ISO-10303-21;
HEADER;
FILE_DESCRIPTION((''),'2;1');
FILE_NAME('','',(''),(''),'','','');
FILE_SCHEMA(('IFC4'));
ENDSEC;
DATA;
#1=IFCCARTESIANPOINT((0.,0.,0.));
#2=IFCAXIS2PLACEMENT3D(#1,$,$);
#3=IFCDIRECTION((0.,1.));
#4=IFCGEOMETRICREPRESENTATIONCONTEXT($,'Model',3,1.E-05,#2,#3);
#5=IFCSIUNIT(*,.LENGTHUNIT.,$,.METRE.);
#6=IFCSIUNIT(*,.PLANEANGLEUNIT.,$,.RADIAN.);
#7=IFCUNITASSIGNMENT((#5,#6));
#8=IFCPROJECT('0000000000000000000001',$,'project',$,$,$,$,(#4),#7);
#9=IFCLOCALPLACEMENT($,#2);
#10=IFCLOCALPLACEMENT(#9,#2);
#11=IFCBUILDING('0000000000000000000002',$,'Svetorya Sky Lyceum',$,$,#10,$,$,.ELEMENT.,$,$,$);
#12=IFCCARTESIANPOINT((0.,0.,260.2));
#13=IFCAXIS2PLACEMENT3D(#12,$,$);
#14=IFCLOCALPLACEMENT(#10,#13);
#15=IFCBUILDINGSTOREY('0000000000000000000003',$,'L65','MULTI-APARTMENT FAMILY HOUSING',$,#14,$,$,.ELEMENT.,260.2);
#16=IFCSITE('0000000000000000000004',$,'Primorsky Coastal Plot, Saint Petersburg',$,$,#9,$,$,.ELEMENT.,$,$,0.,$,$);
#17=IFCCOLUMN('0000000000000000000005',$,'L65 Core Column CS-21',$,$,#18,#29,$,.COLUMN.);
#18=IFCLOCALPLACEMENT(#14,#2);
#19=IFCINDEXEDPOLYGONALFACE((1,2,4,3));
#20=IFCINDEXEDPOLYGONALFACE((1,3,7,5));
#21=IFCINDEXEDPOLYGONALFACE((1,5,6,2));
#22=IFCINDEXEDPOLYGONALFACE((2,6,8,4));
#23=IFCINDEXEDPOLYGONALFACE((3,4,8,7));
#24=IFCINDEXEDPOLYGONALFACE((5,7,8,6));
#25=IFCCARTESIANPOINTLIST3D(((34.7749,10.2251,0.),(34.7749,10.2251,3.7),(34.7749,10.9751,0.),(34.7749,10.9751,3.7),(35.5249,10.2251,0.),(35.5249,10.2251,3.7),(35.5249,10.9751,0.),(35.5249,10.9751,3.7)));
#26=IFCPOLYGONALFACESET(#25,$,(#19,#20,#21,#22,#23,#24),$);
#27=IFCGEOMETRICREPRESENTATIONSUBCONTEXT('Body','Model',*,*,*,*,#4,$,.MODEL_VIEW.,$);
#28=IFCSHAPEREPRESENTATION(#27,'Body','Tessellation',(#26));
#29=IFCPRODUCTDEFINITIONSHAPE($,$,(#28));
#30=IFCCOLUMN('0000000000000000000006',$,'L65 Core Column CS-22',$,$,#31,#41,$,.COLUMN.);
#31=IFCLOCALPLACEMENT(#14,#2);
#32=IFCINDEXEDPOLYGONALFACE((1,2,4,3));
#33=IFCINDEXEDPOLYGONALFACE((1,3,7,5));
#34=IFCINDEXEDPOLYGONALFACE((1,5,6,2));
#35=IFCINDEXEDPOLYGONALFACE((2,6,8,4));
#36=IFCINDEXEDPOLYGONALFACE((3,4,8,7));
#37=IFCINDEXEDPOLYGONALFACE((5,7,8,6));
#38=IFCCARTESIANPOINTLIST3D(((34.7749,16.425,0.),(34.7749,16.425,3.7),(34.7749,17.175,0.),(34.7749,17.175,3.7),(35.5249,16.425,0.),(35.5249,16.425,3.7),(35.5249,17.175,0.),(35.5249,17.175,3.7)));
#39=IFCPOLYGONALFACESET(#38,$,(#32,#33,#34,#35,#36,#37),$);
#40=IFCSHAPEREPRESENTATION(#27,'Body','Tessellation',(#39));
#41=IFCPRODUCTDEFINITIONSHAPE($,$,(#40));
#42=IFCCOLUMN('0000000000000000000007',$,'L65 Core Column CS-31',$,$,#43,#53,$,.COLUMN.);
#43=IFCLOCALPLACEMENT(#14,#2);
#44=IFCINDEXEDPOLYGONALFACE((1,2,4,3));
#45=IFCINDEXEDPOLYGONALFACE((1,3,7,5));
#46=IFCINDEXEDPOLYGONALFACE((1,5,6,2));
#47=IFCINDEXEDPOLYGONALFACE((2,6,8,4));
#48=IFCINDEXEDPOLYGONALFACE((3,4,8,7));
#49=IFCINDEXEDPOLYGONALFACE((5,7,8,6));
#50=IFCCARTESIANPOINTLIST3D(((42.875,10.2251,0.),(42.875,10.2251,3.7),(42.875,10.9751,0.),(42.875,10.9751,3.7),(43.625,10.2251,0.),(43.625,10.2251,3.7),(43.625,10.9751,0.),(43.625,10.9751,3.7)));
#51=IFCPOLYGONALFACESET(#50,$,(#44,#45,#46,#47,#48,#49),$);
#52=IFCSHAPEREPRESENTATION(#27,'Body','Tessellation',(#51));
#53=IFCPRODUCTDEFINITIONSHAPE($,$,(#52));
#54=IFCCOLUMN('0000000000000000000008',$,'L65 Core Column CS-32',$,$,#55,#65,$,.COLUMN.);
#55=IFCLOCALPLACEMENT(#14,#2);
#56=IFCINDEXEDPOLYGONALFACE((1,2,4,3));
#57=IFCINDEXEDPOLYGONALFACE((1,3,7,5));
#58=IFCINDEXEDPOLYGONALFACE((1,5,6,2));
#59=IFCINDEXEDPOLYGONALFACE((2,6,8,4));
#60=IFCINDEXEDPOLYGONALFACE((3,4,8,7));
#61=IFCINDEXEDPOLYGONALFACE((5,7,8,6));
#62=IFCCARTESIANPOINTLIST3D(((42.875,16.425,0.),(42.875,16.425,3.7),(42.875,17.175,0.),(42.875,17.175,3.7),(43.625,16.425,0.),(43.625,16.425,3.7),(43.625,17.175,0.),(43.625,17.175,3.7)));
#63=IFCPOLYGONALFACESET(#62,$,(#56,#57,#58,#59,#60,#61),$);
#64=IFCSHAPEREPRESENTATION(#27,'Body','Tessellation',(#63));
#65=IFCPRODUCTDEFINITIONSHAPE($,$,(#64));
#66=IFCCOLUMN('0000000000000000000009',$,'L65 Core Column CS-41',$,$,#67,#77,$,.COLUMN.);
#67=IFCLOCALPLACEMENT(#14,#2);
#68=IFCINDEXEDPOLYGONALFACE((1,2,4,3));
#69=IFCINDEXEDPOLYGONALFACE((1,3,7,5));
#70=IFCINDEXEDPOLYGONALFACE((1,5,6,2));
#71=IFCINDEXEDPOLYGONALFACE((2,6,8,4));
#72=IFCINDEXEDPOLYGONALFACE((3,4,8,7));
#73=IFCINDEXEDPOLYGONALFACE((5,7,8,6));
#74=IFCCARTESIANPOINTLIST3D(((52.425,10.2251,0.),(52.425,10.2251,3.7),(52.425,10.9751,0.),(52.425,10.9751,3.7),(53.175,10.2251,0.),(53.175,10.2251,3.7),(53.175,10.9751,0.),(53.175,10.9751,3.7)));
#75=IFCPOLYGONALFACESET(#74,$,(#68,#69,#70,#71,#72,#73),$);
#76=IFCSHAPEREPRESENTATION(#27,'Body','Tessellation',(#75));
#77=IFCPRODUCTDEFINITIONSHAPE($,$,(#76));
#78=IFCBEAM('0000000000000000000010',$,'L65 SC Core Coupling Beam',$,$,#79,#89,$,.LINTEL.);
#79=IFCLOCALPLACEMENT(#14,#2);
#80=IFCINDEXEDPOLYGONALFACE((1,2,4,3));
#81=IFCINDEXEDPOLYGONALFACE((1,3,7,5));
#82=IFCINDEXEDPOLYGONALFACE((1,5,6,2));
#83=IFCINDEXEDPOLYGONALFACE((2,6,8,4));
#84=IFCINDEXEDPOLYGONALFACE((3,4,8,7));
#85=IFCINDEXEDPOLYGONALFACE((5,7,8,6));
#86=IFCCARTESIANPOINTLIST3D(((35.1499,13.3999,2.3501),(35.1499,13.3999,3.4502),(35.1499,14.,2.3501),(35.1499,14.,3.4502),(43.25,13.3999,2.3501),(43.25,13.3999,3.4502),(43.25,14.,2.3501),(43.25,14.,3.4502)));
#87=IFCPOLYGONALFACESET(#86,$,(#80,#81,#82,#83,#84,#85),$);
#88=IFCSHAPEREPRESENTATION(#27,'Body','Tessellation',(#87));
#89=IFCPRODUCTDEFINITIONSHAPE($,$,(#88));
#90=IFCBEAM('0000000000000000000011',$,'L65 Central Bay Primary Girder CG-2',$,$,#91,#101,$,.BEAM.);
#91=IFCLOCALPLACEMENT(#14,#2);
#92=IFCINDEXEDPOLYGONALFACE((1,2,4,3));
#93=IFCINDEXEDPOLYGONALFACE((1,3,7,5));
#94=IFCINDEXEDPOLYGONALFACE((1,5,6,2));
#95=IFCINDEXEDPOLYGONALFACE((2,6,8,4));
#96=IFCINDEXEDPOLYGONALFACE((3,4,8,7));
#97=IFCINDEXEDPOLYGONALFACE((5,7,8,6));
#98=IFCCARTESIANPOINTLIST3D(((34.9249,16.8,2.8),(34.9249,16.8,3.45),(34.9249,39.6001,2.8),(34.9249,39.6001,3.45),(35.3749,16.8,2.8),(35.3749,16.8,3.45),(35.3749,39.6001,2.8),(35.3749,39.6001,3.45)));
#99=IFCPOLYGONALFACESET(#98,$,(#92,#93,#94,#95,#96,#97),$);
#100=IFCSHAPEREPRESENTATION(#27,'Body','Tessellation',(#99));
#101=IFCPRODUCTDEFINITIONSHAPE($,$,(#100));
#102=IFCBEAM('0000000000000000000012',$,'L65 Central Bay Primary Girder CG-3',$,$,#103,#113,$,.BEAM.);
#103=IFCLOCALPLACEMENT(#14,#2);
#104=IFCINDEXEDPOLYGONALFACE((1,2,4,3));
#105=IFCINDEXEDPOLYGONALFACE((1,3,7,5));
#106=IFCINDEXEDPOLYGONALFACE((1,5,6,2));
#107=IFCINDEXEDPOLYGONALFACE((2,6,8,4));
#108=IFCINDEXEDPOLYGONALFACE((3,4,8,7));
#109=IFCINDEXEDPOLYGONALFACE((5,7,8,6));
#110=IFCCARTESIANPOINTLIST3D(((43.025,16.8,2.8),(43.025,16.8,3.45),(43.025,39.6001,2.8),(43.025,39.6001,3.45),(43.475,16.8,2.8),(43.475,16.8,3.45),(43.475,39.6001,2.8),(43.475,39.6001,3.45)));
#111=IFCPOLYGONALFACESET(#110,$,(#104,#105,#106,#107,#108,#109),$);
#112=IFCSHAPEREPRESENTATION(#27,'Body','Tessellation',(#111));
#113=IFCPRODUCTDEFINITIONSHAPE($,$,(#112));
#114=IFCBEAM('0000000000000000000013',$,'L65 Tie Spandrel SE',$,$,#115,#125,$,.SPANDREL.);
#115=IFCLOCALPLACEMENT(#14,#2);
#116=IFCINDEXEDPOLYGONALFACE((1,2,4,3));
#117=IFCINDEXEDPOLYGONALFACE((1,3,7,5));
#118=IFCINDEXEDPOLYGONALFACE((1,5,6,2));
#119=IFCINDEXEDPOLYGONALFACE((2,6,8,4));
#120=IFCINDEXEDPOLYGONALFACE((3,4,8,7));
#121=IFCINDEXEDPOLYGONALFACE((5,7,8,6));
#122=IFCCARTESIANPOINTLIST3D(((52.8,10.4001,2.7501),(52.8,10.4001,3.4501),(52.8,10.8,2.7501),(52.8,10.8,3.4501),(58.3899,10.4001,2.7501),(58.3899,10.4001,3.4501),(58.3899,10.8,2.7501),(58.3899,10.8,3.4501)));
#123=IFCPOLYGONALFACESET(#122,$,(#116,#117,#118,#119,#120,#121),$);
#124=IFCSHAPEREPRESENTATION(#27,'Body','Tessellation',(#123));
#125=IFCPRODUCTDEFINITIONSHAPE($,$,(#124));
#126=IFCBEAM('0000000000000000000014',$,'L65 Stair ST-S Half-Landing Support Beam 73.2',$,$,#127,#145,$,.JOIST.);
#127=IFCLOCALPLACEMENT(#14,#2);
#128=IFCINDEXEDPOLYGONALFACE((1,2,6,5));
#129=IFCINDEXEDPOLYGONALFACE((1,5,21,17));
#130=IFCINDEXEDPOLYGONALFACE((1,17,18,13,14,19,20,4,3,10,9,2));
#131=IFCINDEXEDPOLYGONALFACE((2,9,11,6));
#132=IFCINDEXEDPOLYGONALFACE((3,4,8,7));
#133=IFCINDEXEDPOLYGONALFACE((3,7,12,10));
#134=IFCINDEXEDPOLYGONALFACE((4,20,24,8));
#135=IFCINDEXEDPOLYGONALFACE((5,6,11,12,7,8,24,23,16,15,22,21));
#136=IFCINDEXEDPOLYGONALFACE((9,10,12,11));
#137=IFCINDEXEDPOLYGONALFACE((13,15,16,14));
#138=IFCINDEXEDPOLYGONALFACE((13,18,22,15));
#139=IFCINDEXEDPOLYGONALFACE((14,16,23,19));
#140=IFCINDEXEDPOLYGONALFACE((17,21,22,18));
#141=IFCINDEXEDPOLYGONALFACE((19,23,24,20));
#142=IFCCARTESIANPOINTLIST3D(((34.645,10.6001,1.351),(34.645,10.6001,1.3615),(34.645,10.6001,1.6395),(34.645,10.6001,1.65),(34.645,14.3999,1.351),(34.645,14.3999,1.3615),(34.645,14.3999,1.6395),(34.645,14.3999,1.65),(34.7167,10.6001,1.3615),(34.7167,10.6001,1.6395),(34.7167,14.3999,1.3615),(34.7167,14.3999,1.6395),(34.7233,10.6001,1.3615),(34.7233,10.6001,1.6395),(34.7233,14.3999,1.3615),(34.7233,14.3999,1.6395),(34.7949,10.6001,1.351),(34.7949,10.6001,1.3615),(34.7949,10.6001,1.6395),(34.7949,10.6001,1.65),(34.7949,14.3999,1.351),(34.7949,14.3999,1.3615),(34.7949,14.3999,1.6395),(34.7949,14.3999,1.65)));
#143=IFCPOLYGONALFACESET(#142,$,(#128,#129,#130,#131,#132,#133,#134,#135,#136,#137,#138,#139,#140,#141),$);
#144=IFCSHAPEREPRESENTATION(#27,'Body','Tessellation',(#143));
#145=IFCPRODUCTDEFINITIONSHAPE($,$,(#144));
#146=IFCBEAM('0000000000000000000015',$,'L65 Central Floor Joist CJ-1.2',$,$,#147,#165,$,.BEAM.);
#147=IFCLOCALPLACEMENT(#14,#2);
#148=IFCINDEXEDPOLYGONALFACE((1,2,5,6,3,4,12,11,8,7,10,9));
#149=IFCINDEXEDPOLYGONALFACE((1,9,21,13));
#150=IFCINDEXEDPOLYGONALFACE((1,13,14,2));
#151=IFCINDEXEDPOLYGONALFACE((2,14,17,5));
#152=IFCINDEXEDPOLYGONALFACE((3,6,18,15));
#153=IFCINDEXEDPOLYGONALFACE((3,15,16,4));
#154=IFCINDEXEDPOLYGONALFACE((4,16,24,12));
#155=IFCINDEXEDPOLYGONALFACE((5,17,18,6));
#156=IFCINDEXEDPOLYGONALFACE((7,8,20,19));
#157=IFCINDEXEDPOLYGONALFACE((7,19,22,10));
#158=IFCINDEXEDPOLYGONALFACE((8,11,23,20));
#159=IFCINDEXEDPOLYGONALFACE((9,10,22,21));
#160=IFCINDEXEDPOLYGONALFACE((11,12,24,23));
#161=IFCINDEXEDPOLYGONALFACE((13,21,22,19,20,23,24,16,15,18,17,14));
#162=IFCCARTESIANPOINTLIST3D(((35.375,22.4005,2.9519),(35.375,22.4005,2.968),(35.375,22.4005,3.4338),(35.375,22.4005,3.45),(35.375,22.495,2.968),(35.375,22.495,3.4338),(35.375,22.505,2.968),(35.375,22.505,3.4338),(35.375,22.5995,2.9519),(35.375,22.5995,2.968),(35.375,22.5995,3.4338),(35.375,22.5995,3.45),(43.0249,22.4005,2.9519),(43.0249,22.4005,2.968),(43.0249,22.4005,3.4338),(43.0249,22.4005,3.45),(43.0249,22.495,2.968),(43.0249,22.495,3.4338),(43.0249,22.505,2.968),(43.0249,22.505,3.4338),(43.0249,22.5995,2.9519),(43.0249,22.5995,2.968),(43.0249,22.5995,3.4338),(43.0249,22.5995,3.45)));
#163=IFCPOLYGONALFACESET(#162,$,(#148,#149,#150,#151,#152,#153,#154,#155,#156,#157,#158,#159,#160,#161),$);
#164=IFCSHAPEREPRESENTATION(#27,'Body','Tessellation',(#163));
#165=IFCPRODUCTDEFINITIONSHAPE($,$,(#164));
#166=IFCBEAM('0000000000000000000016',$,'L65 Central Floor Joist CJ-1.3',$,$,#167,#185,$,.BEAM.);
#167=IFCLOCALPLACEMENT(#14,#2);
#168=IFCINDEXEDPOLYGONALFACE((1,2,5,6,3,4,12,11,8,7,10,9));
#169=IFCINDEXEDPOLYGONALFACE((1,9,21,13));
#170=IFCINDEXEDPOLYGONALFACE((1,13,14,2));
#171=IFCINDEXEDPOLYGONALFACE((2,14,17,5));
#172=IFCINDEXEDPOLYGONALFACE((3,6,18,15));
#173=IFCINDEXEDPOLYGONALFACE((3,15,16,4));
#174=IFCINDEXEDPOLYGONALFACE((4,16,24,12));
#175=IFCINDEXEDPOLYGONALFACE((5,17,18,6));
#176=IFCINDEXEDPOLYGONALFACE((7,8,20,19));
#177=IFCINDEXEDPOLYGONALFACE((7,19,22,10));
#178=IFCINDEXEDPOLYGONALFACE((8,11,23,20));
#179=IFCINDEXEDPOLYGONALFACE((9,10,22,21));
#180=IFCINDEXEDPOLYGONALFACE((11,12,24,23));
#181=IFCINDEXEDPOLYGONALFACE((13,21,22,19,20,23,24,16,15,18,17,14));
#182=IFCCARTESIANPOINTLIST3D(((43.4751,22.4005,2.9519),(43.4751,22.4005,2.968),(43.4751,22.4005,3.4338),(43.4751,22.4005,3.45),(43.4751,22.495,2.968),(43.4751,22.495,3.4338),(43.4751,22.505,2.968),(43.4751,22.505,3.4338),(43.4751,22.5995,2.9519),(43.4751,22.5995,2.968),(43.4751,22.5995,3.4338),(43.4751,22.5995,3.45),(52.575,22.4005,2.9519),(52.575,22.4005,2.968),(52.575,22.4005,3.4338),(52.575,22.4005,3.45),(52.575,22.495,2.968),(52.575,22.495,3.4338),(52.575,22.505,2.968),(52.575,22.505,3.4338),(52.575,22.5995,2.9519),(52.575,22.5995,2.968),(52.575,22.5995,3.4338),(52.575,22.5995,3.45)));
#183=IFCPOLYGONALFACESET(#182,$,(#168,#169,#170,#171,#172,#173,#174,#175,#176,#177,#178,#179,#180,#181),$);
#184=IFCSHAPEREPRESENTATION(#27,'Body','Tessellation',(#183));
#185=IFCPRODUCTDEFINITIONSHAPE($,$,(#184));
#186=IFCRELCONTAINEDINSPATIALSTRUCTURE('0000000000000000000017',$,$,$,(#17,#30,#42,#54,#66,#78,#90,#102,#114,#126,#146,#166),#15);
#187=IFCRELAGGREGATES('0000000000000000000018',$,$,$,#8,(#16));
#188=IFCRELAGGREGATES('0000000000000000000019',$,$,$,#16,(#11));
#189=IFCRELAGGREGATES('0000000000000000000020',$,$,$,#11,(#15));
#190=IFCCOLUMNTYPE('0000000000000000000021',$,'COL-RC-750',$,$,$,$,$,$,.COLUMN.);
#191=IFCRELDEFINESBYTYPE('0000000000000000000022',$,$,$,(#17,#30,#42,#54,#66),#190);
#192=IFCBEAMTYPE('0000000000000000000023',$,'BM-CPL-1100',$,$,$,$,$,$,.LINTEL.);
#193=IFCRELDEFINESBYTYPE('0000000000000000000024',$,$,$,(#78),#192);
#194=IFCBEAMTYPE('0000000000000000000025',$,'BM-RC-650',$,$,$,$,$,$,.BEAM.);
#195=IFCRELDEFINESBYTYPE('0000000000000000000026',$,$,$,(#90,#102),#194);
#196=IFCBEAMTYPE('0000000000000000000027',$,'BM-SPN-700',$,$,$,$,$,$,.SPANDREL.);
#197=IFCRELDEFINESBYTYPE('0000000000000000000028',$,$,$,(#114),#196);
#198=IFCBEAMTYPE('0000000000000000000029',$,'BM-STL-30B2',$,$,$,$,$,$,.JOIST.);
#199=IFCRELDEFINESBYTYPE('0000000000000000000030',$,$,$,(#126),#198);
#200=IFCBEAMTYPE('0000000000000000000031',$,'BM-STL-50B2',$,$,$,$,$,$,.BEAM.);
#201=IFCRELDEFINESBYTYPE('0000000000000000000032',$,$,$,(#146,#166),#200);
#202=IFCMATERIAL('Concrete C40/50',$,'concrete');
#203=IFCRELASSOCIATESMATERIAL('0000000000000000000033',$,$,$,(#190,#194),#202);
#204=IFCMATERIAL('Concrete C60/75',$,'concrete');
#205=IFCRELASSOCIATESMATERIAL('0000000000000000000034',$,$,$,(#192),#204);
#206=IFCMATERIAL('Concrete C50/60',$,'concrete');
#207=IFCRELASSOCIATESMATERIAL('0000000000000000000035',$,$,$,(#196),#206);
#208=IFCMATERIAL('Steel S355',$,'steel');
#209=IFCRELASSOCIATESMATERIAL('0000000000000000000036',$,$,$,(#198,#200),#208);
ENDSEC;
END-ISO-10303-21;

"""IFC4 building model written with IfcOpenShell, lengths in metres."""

from ifc_helpers import new_model, si_unit, direction, frame, origin, origin_2d, place, context, subcontext, project, spatial, rectangle, i_section, extrude, material, material_profile, profile_set, type_object, element, save


model = new_model("IFC4")

# Units and contexts
model_context = context("Model", 3, precision=1e-05, world=origin(), true_north=direction((0.0, 1.0)))
body_context = subcontext(model_context, "Body", "Model", "MODEL_VIEW")
ifc_project = project(units=[si_unit("LENGTHUNIT", "METRE"), si_unit("PLANEANGLEUNIT", "RADIAN")], contexts=[model_context])

# Site, building, storey
site_placement = place(None, origin())
site = spatial("IfcSite", under=ifc_project, at=site_placement, Name="Primorsky Coastal Plot, Saint Petersburg", CompositionType="ELEMENT", RefElevation=0.0)
building_placement = place(site_placement, origin())
building = spatial("IfcBuilding", under=site, at=building_placement, Name="Svetorya Sky Lyceum", CompositionType="ELEMENT")
storey_placement = place(building_placement, frame((0.0, 0.0, 260.2)))
storey = spatial("IfcBuildingStorey", under=building, at=storey_placement, Name="L65", Description="MULTI-APARTMENT FAMILY HOUSING", CompositionType="ELEMENT", Elevation=260.2)

# Columns
ifc_material_1 = material(Name="Concrete C40/50", Category="concrete")
ifc_material_profile_1 = material_profile(ifc_material_1, rectangle(XDim=0.75, YDim=0.75, at=origin_2d()), Name="RC COL 750x750")
ifc_profile_set_1 = profile_set([ifc_material_profile_1], Name="Concrete C40/50")
column_type = type_object("IfcColumnType", Name="COL-RC-750", PredefinedType="COLUMN", material=ifc_profile_set_1)
for number, where, z_axis, x_axis, name in (
    (1, (35.1499, 10.6001, 0.0), (0.0, 0.0, 1.0), (1.0, 0.0, 0.0), "L65 Core Column CS-21"),
    (2, (35.1499, 16.8, 0.0), (0.0, 0.0, 1.0), (1.0, 0.0, 0.0), "L65 Core Column CS-22"),
    (3, (43.25, 10.6001, 0.0), (0.0, 0.0, 1.0), (1.0, 0.0, 0.0), "L65 Core Column CS-31"),
    (4, (43.25, 16.8, 0.0), (0.0, 0.0, 1.0), (1.0, 0.0, 0.0), "L65 Core Column CS-32"),
    (5, (52.8, 10.6001, 0.0), (0.0, 0.0, 1.0), (1.0, 0.0, 0.0), "L65 Core Column CS-41"),
):
    element("IfcColumn", number, at=place(storey_placement, frame(where, z_axis=z_axis, x_axis=x_axis)), inside=storey, type_object=column_type, Name=name, PredefinedType="COLUMN", context=body_context, shape_type="SweptSolid", body=[
        extrude(rectangle(XDim=0.75, YDim=0.75, at=origin_2d()), origin(), (0.0, 0.0, 1.0), 3.7),
    ])

# Beams
ifc_material_2 = material(Name="Concrete C60/75", Category="concrete")
ifc_material_profile_2 = material_profile(ifc_material_2, rectangle(XDim=0.6001, YDim=1.1001, at=origin_2d()), Name="RC COUPLING 600x1100")
ifc_profile_set_2 = profile_set([ifc_material_profile_2], Name="Concrete C60/75")
beam_type_1 = type_object("IfcBeamType", Name="BM-CPL-1100", PredefinedType="LINTEL", material=ifc_profile_set_2)
beam_1_placement = place(storey_placement, frame((35.1499, 13.7, 2.9001), z_axis=(1.0, 0.0, 0.0), x_axis=(0.0, 1.0, 0.0)))
element("IfcBeam", 6, at=beam_1_placement, inside=storey, type_object=beam_type_1, Name="L65 SC Core Coupling Beam", PredefinedType="LINTEL", context=body_context, shape_type="SweptSolid", body=[
    extrude(rectangle(XDim=0.6001, YDim=1.1001, at=origin_2d()), origin(), (0.0, 0.0, 1.0), 8.1001),
])
ifc_material_profile_3 = material_profile(ifc_material_1, rectangle(XDim=0.45, YDim=0.6499, at=origin_2d()), Name="RC BEAM 450x650")
ifc_profile_set_3 = profile_set([ifc_material_profile_3], Name="Concrete C40/50")
beam_type_2 = type_object("IfcBeamType", Name="BM-RC-650", PredefinedType="BEAM", material=ifc_profile_set_3)
for number, where, z_axis, x_axis, name in (
    (7, (35.1499, 16.8, 3.125), (0.0, 1.0, 0.0), (-1.0, 0.0, 0.0), "L65 Central Bay Primary Girder CG-2"),
    (8, (43.25, 16.8, 3.125), (0.0, 1.0, 0.0), (-1.0, 0.0, 0.0), "L65 Central Bay Primary Girder CG-3"),
):
    element("IfcBeam", number, at=place(storey_placement, frame(where, z_axis=z_axis, x_axis=x_axis)), inside=storey, type_object=beam_type_2, Name=name, PredefinedType="BEAM", context=body_context, shape_type="SweptSolid", body=[
        extrude(rectangle(XDim=0.45, YDim=0.6499, at=origin_2d()), origin(), (0.0, 0.0, 1.0), 22.8),
    ])
ifc_material_3 = material(Name="Concrete C50/60", Category="concrete")
ifc_material_profile_4 = material_profile(ifc_material_3, rectangle(XDim=0.3999, YDim=0.7, at=origin_2d()), Name="RC SPANDREL 400x700")
ifc_profile_set_4 = profile_set([ifc_material_profile_4], Name="Concrete C50/60")
beam_type_3 = type_object("IfcBeamType", Name="BM-SPN-700", PredefinedType="SPANDREL", material=ifc_profile_set_4)
beam_2_placement = place(storey_placement, frame((52.8, 10.6001, 3.1001), z_axis=(1.0, 0.0, 0.0), x_axis=(0.0, 1.0, 0.0)))
element("IfcBeam", 9, at=beam_2_placement, inside=storey, type_object=beam_type_3, Name="L65 Tie Spandrel SE", PredefinedType="SPANDREL", context=body_context, shape_type="SweptSolid", body=[
    extrude(rectangle(XDim=0.3999, YDim=0.7, at=origin_2d()), origin(), (0.0, 0.0, 1.0), 5.5898),
])
ifc_material_4 = material(Name="Steel S355", Category="steel")
ifc_material_profile_5 = material_profile(ifc_material_4, i_section(OverallWidth=0.1499, OverallDepth=0.2991, WebThickness=0.0066, FlangeThickness=0.0105, at=origin_2d()), Name="GOST 30B2")
ifc_profile_set_5 = profile_set([ifc_material_profile_5], Name="Steel S355")
beam_type_4 = type_object("IfcBeamType", Name="BM-STL-30B2", PredefinedType="JOIST", material=ifc_profile_set_5)
beam_3_placement = place(storey_placement, frame((34.72, 10.6001, 1.5005), z_axis=(0.0, 1.0, 0.0), x_axis=(-1.0, 0.0, 0.0)))
element("IfcBeam", 10, at=beam_3_placement, inside=storey, type_object=beam_type_4, Name="L65 Stair ST-S Half-Landing Support Beam 73.2", PredefinedType="JOIST", context=body_context, shape_type="SweptSolid", body=[
    extrude(i_section(OverallWidth=0.1499, OverallDepth=0.2991, WebThickness=0.0066, FlangeThickness=0.0105, at=origin_2d()), origin(), (0.0, 0.0, 1.0), 3.7998),
])
ifc_material_profile_6 = material_profile(ifc_material_4, i_section(OverallWidth=0.199, OverallDepth=0.498, WebThickness=0.01, FlangeThickness=0.0161, at=origin_2d()), Name="GOST 50B2")
ifc_profile_set_6 = profile_set([ifc_material_profile_6], Name="Steel S355")
beam_type_5 = type_object("IfcBeamType", Name="BM-STL-50B2", PredefinedType="BEAM", material=ifc_profile_set_6)
beam_4_placement = place(storey_placement, frame((35.375, 22.5, 3.2009), z_axis=(1.0, 0.0, 0.0), x_axis=(0.0, 1.0, 0.0)))
element("IfcBeam", 11, at=beam_4_placement, inside=storey, type_object=beam_type_5, Name="L65 Central Floor Joist CJ-1.2", PredefinedType="BEAM", context=body_context, shape_type="SweptSolid", body=[
    extrude(i_section(OverallWidth=0.199, OverallDepth=0.498, WebThickness=0.01, FlangeThickness=0.0161, at=origin_2d()), origin(), (0.0, 0.0, 1.0), 7.6499),
])
beam_5_placement = place(storey_placement, frame((43.4751, 22.5, 3.2009), z_axis=(1.0, 0.0, 0.0), x_axis=(0.0, 1.0, 0.0)))
element("IfcBeam", 12, at=beam_5_placement, inside=storey, type_object=beam_type_5, Name="L65 Central Floor Joist CJ-1.3", PredefinedType="BEAM", context=body_context, shape_type="SweptSolid", body=[
    extrude(i_section(OverallWidth=0.199, OverallDepth=0.498, WebThickness=0.01, FlangeThickness=0.0161, at=origin_2d()), origin(), (0.0, 0.0, 1.0), 9.0999),
])

save(model, "model.ifc")
